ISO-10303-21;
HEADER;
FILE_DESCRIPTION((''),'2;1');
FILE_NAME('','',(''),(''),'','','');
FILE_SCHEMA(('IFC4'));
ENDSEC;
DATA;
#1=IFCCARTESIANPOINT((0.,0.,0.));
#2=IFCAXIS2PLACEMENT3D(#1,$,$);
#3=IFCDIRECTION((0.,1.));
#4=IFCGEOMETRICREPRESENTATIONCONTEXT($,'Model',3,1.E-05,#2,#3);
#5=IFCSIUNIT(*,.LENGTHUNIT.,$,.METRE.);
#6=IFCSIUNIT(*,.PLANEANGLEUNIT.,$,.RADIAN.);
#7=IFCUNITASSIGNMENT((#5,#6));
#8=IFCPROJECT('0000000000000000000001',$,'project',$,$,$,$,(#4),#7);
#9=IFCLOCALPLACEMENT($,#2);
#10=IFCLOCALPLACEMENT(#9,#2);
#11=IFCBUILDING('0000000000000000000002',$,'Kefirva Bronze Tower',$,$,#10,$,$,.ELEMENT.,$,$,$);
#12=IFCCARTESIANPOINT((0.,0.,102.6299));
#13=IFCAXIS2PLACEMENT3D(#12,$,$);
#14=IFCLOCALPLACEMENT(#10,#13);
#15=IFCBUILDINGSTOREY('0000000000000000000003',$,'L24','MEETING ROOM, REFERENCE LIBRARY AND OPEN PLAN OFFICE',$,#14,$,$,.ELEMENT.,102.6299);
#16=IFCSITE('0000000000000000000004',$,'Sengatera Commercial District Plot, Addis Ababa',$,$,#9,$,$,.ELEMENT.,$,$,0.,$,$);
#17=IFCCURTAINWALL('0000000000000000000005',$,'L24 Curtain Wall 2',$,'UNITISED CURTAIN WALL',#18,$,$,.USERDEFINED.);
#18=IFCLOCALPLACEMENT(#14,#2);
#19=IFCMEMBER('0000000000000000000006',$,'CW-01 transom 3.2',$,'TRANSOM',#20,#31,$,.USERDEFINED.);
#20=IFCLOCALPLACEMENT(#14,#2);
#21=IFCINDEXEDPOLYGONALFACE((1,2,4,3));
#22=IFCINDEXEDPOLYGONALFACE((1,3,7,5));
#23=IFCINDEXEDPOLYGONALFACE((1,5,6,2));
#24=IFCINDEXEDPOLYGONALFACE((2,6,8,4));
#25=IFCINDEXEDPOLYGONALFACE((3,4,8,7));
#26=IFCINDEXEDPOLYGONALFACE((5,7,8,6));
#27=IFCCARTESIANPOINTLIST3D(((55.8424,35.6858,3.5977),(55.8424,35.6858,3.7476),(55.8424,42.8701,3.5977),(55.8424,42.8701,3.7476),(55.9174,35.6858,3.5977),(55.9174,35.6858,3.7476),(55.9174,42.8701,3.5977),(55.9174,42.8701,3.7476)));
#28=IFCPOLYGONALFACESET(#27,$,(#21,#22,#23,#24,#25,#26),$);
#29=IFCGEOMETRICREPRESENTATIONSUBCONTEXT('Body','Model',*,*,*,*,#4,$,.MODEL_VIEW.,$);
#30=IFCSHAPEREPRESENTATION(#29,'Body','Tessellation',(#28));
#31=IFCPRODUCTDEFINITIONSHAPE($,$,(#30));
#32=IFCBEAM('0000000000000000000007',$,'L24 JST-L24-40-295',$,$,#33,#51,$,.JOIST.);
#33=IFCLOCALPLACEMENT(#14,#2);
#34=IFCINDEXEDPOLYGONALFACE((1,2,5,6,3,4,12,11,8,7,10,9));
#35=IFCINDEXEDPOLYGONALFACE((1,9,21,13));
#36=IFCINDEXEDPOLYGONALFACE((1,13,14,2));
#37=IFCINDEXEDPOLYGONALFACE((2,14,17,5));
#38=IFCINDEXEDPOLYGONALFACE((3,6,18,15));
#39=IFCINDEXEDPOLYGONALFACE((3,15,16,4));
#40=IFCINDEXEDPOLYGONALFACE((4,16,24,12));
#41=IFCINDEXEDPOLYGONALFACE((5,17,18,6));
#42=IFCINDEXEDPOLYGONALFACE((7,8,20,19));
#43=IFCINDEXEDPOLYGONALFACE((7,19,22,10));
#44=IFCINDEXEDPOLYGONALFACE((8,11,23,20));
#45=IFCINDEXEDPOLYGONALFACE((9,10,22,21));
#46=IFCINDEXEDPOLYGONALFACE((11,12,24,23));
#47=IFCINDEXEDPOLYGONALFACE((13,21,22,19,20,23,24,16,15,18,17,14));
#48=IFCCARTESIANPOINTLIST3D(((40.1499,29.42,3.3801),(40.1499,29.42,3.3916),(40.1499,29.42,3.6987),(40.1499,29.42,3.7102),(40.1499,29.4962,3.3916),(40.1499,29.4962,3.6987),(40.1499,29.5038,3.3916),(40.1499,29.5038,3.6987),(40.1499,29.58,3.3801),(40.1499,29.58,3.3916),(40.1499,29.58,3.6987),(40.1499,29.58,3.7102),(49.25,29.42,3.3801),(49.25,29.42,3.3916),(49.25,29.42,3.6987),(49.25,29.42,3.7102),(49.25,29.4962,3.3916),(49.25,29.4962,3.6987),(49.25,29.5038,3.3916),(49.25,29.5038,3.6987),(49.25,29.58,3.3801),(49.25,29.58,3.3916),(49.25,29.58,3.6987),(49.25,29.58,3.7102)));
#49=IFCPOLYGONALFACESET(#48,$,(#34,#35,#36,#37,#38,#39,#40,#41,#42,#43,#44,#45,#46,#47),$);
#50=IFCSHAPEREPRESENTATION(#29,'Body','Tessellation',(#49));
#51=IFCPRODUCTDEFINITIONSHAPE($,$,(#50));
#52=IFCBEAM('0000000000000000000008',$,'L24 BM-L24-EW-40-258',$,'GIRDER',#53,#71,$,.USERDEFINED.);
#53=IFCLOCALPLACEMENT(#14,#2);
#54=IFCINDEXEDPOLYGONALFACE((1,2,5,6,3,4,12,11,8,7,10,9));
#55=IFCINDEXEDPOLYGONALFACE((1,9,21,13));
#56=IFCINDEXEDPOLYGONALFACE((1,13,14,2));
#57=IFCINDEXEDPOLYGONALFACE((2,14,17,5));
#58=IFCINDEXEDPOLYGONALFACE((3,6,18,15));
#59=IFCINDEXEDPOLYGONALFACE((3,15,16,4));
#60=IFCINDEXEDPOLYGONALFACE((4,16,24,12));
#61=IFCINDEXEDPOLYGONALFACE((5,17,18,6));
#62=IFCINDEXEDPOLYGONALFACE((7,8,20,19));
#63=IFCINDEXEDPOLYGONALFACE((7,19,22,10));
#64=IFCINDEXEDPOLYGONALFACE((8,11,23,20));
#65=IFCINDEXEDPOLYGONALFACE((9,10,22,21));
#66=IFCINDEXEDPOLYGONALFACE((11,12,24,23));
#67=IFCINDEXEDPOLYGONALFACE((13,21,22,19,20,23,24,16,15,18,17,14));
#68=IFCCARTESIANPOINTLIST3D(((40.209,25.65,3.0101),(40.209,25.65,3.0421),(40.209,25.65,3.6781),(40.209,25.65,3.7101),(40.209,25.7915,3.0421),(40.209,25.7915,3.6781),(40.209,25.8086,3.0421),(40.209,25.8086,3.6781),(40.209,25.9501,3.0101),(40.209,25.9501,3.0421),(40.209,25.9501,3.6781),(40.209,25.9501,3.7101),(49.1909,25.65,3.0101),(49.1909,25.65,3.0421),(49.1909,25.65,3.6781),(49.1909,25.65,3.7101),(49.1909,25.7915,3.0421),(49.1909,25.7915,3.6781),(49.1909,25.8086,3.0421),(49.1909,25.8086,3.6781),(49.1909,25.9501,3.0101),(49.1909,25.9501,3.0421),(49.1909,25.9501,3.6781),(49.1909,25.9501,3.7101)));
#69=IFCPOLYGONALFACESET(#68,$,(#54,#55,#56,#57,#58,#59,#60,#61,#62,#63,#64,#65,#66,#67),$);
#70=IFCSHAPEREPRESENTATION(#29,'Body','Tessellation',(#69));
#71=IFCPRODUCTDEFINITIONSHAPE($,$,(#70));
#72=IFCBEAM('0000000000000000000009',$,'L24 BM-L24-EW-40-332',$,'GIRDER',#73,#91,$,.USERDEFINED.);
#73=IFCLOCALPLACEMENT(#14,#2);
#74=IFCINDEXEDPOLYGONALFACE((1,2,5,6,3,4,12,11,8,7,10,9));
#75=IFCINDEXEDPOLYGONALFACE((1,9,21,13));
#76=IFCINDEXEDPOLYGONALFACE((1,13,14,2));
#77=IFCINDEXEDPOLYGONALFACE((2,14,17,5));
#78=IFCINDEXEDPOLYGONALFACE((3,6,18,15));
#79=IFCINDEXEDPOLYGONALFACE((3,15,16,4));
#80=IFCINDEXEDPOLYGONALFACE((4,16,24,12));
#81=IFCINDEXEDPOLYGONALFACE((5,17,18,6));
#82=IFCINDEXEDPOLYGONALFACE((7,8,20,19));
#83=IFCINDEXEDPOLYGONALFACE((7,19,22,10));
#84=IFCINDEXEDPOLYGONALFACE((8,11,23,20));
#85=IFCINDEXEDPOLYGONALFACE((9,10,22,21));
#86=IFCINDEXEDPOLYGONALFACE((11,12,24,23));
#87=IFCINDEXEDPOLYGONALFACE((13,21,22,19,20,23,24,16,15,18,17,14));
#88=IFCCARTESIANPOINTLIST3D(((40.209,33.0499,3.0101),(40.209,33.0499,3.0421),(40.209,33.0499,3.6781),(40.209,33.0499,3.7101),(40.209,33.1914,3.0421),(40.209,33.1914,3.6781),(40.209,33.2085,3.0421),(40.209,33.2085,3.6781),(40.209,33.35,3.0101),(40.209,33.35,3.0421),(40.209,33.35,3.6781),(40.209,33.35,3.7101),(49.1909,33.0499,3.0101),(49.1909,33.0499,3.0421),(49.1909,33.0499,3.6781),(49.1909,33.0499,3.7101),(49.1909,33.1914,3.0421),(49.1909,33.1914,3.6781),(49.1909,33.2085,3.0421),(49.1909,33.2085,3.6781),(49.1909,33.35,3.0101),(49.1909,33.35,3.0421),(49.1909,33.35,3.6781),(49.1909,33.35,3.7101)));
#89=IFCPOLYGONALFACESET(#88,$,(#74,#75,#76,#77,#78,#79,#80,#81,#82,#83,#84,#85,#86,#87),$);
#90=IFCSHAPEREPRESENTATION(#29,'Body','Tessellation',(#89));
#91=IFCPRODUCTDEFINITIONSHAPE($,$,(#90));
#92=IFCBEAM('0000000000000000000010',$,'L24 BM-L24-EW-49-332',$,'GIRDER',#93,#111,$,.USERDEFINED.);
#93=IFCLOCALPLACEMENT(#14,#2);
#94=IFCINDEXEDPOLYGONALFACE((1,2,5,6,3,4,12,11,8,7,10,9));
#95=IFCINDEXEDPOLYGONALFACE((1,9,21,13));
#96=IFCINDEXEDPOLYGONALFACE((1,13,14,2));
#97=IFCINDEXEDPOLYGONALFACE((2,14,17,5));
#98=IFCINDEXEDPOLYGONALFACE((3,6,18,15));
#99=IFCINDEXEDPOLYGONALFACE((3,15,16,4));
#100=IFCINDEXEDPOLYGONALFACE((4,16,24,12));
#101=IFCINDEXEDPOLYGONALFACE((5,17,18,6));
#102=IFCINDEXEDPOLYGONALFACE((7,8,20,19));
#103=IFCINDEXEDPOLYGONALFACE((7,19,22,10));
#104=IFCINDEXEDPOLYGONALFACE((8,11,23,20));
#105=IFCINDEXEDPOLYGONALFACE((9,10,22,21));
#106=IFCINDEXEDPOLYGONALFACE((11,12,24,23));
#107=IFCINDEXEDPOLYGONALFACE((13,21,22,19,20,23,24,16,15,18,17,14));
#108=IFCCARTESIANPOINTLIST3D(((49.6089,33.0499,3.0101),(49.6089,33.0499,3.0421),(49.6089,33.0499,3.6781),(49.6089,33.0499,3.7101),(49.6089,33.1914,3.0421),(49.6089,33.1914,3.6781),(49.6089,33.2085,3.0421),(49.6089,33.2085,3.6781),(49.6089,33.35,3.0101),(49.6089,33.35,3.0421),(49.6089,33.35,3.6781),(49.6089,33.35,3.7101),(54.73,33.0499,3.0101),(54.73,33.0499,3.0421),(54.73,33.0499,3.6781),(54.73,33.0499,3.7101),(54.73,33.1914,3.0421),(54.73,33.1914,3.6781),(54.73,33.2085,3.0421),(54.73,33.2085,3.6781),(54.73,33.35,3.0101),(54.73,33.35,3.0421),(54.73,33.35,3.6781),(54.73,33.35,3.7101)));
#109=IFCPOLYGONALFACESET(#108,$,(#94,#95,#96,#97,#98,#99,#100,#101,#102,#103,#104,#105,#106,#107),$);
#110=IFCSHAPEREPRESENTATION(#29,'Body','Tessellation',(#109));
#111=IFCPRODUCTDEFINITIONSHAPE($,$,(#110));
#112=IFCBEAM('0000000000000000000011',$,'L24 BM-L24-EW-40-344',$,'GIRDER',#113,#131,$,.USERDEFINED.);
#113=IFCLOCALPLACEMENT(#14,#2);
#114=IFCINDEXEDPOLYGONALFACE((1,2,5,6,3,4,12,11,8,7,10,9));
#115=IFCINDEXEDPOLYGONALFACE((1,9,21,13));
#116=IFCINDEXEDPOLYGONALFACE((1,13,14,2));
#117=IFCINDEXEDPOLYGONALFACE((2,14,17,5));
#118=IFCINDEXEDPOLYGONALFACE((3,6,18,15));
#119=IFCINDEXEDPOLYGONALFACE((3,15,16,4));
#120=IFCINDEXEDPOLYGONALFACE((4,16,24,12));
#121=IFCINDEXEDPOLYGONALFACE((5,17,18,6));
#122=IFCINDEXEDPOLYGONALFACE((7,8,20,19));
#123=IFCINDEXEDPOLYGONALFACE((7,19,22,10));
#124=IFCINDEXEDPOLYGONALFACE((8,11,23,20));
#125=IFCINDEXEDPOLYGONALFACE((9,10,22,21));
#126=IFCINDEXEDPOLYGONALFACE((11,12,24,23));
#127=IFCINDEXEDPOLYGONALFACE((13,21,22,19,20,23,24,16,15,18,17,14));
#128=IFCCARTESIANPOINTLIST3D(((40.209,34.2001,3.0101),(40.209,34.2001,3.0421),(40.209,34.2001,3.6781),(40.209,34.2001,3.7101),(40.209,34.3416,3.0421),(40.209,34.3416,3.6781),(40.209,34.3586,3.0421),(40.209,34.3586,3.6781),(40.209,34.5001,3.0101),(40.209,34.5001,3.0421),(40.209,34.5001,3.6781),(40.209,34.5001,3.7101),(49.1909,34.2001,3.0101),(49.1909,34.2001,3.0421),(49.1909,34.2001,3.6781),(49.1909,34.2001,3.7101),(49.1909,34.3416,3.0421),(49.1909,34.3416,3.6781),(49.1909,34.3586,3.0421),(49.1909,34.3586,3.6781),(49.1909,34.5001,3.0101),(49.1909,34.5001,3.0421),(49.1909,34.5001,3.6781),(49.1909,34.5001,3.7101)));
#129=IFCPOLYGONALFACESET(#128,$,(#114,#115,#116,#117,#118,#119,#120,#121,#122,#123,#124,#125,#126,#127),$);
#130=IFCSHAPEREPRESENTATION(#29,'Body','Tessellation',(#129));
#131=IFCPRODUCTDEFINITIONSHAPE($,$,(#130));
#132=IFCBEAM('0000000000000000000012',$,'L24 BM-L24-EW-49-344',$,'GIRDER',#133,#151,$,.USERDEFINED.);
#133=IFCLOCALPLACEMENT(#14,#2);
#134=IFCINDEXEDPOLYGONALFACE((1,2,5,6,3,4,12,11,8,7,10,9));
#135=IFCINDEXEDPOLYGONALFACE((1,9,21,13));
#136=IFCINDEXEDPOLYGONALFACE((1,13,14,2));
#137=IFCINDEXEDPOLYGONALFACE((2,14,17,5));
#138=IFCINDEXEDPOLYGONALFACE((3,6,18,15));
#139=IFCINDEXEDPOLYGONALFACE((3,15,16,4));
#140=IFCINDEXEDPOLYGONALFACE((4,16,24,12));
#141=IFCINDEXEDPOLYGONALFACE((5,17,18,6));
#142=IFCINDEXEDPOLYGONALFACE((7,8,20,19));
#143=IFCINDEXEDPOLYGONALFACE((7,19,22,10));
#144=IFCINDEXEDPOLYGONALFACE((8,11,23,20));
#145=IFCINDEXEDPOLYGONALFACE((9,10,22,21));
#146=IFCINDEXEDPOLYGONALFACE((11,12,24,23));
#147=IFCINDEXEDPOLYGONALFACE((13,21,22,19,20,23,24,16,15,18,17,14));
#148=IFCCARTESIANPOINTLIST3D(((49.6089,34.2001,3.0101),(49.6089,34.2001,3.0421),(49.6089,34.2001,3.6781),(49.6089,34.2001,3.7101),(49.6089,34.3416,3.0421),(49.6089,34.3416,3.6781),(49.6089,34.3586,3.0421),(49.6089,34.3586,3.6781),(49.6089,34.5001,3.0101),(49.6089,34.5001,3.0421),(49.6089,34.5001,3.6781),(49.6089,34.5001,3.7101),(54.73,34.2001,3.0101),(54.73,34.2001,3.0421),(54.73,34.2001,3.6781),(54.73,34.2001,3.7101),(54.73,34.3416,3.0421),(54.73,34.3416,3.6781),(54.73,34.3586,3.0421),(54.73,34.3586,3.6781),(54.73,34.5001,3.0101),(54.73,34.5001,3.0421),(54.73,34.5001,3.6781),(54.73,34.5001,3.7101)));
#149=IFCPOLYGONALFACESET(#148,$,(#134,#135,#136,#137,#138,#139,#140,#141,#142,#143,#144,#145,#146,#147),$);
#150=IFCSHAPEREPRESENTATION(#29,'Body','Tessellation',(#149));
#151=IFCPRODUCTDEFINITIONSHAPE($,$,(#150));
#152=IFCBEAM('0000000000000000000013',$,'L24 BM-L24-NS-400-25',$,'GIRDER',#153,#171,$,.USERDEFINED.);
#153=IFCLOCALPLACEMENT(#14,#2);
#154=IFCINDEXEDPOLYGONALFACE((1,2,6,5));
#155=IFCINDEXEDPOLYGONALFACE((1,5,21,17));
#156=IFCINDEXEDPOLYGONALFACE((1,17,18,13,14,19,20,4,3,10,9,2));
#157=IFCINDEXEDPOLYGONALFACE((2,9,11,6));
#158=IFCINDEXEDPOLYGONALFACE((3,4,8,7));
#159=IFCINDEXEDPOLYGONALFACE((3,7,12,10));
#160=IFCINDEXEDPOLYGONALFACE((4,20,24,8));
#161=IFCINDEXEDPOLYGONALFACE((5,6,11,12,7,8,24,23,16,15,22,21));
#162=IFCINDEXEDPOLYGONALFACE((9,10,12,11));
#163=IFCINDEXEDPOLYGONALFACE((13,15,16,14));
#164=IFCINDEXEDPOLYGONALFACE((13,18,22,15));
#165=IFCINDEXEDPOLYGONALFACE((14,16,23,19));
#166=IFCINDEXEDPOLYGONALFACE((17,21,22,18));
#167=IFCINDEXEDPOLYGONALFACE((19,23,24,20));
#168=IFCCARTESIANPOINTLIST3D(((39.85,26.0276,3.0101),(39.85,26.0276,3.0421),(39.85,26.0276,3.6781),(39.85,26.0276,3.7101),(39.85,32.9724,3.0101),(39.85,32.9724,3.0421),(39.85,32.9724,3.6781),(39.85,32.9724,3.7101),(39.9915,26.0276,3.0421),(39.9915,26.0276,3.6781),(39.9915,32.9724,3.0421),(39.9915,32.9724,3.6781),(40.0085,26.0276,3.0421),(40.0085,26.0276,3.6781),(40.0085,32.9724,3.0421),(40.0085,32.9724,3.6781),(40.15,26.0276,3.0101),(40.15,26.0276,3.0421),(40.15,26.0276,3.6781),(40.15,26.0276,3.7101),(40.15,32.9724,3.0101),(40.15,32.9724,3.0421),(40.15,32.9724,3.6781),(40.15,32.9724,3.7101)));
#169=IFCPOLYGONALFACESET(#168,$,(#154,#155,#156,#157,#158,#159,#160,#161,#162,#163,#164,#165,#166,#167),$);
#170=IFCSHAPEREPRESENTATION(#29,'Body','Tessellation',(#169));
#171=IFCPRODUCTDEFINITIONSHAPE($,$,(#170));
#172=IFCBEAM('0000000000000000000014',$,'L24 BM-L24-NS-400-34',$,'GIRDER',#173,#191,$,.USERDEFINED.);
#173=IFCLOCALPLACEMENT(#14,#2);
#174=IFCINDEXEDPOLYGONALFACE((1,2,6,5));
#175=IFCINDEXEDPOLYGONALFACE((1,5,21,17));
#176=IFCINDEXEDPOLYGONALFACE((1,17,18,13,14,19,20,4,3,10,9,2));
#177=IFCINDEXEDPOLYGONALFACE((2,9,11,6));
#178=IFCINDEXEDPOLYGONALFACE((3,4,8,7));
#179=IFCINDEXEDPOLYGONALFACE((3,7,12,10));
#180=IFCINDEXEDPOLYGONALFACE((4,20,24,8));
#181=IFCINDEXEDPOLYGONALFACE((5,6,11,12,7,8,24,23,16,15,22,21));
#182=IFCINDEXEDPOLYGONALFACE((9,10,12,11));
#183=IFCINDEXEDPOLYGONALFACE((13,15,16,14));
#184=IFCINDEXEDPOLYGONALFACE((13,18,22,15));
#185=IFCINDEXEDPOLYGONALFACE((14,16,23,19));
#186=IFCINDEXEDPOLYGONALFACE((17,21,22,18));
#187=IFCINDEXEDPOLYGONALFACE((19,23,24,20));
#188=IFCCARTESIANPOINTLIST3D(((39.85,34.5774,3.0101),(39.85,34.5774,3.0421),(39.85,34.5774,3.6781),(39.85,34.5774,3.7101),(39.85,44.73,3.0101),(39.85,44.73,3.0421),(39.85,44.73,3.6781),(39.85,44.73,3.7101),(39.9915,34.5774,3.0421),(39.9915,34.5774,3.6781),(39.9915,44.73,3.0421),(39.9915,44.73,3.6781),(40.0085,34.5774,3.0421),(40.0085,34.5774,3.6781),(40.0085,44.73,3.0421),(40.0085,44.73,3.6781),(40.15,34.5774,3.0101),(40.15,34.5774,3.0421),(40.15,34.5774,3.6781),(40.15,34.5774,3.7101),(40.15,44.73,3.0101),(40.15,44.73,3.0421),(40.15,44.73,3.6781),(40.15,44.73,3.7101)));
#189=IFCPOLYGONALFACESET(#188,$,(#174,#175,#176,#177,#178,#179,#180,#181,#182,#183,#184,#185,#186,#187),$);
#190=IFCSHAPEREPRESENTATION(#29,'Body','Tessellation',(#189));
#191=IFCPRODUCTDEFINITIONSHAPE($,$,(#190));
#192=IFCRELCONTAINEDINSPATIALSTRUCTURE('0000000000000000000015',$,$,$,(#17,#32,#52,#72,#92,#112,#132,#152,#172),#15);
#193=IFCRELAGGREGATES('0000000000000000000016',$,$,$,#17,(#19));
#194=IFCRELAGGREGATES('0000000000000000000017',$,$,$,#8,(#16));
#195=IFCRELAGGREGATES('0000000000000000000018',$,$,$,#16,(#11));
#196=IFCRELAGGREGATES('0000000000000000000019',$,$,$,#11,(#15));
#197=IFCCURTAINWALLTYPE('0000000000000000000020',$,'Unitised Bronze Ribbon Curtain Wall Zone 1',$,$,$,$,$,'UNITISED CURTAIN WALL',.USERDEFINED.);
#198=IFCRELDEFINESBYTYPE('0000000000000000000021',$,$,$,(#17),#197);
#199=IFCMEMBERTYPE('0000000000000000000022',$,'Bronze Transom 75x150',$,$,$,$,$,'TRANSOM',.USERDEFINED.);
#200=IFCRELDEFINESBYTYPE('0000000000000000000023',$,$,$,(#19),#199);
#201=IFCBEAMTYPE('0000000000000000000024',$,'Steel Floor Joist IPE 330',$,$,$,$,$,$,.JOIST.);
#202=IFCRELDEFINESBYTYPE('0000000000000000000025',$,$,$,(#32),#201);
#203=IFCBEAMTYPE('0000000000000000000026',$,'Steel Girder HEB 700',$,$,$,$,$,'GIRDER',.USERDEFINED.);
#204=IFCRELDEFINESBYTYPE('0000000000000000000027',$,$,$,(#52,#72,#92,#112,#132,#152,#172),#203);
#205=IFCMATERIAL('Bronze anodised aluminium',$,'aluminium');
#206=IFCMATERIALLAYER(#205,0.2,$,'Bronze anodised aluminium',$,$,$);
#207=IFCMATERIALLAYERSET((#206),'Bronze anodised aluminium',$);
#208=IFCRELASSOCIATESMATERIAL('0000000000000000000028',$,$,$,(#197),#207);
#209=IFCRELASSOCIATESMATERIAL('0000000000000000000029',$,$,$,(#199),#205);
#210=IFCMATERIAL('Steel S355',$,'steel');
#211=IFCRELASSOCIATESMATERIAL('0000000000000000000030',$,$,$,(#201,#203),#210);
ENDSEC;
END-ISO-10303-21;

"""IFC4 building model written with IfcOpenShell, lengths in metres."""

from ifc_helpers import new_model, si_unit, direction, frame, origin, origin_2d, place, context, subcontext, project, spatial, rectangle, i_section, extrude, material, layer, layer_set, material_profile, profile_set, type_object, element, aggregate, save


model = new_model("IFC4")

# Units and contexts
model_context = context("Model", 3, precision=1e-05, world=origin(), true_north=direction((0.0, 1.0)))
body_context = subcontext(model_context, "Body", "Model", "MODEL_VIEW")
ifc_project = project(units=[si_unit("LENGTHUNIT", "METRE"), si_unit("PLANEANGLEUNIT", "RADIAN")], contexts=[model_context])

# Site, building, storey
site_placement = place(None, origin())
site = spatial("IfcSite", under=ifc_project, at=site_placement, Name="Sengatera Commercial District Plot, Addis Ababa", CompositionType="ELEMENT", RefElevation=0.0)
building_placement = place(site_placement, origin())
building = spatial("IfcBuilding", under=site, at=building_placement, Name="Kefirva Bronze Tower", CompositionType="ELEMENT")
storey_placement = place(building_placement, frame((0.0, 0.0, 102.6299)))
storey = spatial("IfcBuildingStorey", under=building, at=storey_placement, Name="L24", Description="MEETING ROOM, REFERENCE LIBRARY AND OPEN PLAN OFFICE", CompositionType="ELEMENT", Elevation=102.6299)

# Curtain wall, member
ifc_material_1 = material(Name="Bronze anodised aluminium", Category="aluminium")
ifc_layer_1 = layer(ifc_material_1, 0.2, Name="Bronze anodised aluminium")
ifc_layer_set_1 = layer_set([ifc_layer_1], Name="Bronze anodised aluminium")
curtain_wall_type = type_object("IfcCurtainWallType", Name="Unitised Bronze Ribbon Curtain Wall Zone 1", ElementType="UNITISED CURTAIN WALL", PredefinedType="USERDEFINED", material=ifc_layer_set_1)
curtain_wall_placement = place(storey_placement, origin())
curtain_wall = element("IfcCurtainWall", 1, at=curtain_wall_placement, inside=storey, type_object=curtain_wall_type, Name="L24 Curtain Wall 2", ObjectType="UNITISED CURTAIN WALL", PredefinedType="USERDEFINED")
ifc_material_profile_1 = material_profile(ifc_material_1, rectangle(XDim=0.075, YDim=0.1499, at=origin_2d()), Name="ALU 75x150")
ifc_profile_set_1 = profile_set([ifc_material_profile_1], Name="Bronze anodised aluminium")
member_type_1 = type_object("IfcMemberType", Name="Bronze Transom 75x150", ElementType="TRANSOM", PredefinedType="USERDEFINED", material=ifc_profile_set_1)
member_1_placement = place(storey_placement, frame((55.8799, 35.6858, 3.6726), z_axis=(0.0, 1.0, 0.0), x_axis=(-1.0, 0.0, 0.0)))
member_1 = element("IfcMember", 2, at=member_1_placement, type_object=member_type_1, Name="CW-01 transom 3.2", ObjectType="TRANSOM", PredefinedType="USERDEFINED", context=body_context, shape_type="SweptSolid", body=[
    extrude(rectangle(XDim=0.075, YDim=0.1499, at=origin_2d()), origin(), (0.0, 0.0, 1.0), 7.1843),
])

# Beams
ifc_material_2 = material(Name="Steel S355", Category="steel")
ifc_material_profile_2 = material_profile(ifc_material_2, i_section(OverallWidth=0.1599, OverallDepth=0.3301, WebThickness=0.0076, FlangeThickness=0.0115, at=origin_2d()), Name="IPE 330")
ifc_profile_set_2 = profile_set([ifc_material_profile_2], Name="Steel S355")
beam_type_1 = type_object("IfcBeamType", Name="Steel Floor Joist IPE 330", PredefinedType="JOIST", material=ifc_profile_set_2)
beam_1_placement = place(storey_placement, frame((40.1499, 29.5, 3.5452), z_axis=(1.0, 0.0, 0.0), x_axis=(0.0, 1.0, 0.0)))
element("IfcBeam", 3, at=beam_1_placement, inside=storey, type_object=beam_type_1, Name="L24 JST-L24-40-295", PredefinedType="JOIST", context=body_context, shape_type="SweptSolid", body=[
    extrude(i_section(OverallWidth=0.1599, OverallDepth=0.3301, WebThickness=0.0076, FlangeThickness=0.0115, at=origin_2d()), origin(), (0.0, 0.0, 1.0), 9.1001),
])
ifc_material_profile_3 = material_profile(ifc_material_2, i_section(OverallWidth=0.3, OverallDepth=0.7, WebThickness=0.0171, FlangeThickness=0.032, at=origin_2d()), Name="HEB 700")
ifc_profile_set_3 = profile_set([ifc_material_profile_3], Name="Steel S355")
beam_type_2 = type_object("IfcBeamType", Name="Steel Girder HEB 700", ElementType="GIRDER", PredefinedType="USERDEFINED", material=ifc_profile_set_3)
for number, where, z_axis, x_axis, name in (
    (4, (40.209, 25.8, 3.3601), (1.0, 0.0, 0.0), (0.0, 1.0, 0.0), "L24 BM-L24-EW-40-258"),
    (5, (40.209, 33.2, 3.3601), (1.0, 0.0, 0.0), (0.0, 1.0, 0.0), "L24 BM-L24-EW-40-332"),
):
    element("IfcBeam", number, at=place(storey_placement, frame(where, z_axis=z_axis, x_axis=x_axis)), inside=storey, type_object=beam_type_2, Name=name, ObjectType="GIRDER", PredefinedType="USERDEFINED", context=body_context, shape_type="SweptSolid", body=[
        extrude(i_section(OverallWidth=0.3, OverallDepth=0.7, WebThickness=0.0171, FlangeThickness=0.032, at=origin_2d()), origin(), (0.0, 0.0, 1.0), 8.9819),
    ])
beam_2_placement = place(storey_placement, frame((49.6089, 33.2, 3.3601), z_axis=(1.0, 0.0, 0.0), x_axis=(0.0, 1.0, 0.0)))
element("IfcBeam", 6, at=beam_2_placement, inside=storey, type_object=beam_type_2, Name="L24 BM-L24-EW-49-332", ObjectType="GIRDER", PredefinedType="USERDEFINED", context=body_context, shape_type="SweptSolid", body=[
    extrude(i_section(OverallWidth=0.3, OverallDepth=0.7, WebThickness=0.0171, FlangeThickness=0.032, at=origin_2d()), origin(), (0.0, 0.0, 1.0), 5.1211),
])
beam_3_placement = place(storey_placement, frame((40.209, 34.3501, 3.3601), z_axis=(1.0, 0.0, 0.0), x_axis=(0.0, 1.0, 0.0)))
element("IfcBeam", 7, at=beam_3_placement, inside=storey, type_object=beam_type_2, Name="L24 BM-L24-EW-40-344", ObjectType="GIRDER", PredefinedType="USERDEFINED", context=body_context, shape_type="SweptSolid", body=[
    extrude(i_section(OverallWidth=0.3, OverallDepth=0.7, WebThickness=0.0171, FlangeThickness=0.032, at=origin_2d()), origin(), (0.0, 0.0, 1.0), 8.9819),
])
beam_4_placement = place(storey_placement, frame((49.6089, 34.3501, 3.3601), z_axis=(1.0, 0.0, 0.0), x_axis=(0.0, 1.0, 0.0)))
element("IfcBeam", 8, at=beam_4_placement, inside=storey, type_object=beam_type_2, Name="L24 BM-L24-EW-49-344", ObjectType="GIRDER", PredefinedType="USERDEFINED", context=body_context, shape_type="SweptSolid", body=[
    extrude(i_section(OverallWidth=0.3, OverallDepth=0.7, WebThickness=0.0171, FlangeThickness=0.032, at=origin_2d()), origin(), (0.0, 0.0, 1.0), 5.1211),
])
beam_5_placement = place(storey_placement, frame((40.0, 26.0276, 3.3601), z_axis=(0.0, 1.0, 0.0), x_axis=(-1.0, 0.0, 0.0)))
element("IfcBeam", 9, at=beam_5_placement, inside=storey, type_object=beam_type_2, Name="L24 BM-L24-NS-400-25", ObjectType="GIRDER", PredefinedType="USERDEFINED", context=body_context, shape_type="SweptSolid", body=[
    extrude(i_section(OverallWidth=0.3, OverallDepth=0.7, WebThickness=0.0171, FlangeThickness=0.032, at=origin_2d()), origin(), (0.0, 0.0, 1.0), 6.9448),
])
beam_6_placement = place(storey_placement, frame((40.0, 34.5774, 3.3601), z_axis=(0.0, 1.0, 0.0), x_axis=(-1.0, 0.0, 0.0)))
element("IfcBeam", 10, at=beam_6_placement, inside=storey, type_object=beam_type_2, Name="L24 BM-L24-NS-400-34", ObjectType="GIRDER", PredefinedType="USERDEFINED", context=body_context, shape_type="SweptSolid", body=[
    extrude(i_section(OverallWidth=0.3, OverallDepth=0.7, WebThickness=0.0171, FlangeThickness=0.032, at=origin_2d()), origin(), (0.0, 0.0, 1.0), 10.1526),
])

aggregate(curtain_wall, [member_1])

save(model, "model.ifc")
